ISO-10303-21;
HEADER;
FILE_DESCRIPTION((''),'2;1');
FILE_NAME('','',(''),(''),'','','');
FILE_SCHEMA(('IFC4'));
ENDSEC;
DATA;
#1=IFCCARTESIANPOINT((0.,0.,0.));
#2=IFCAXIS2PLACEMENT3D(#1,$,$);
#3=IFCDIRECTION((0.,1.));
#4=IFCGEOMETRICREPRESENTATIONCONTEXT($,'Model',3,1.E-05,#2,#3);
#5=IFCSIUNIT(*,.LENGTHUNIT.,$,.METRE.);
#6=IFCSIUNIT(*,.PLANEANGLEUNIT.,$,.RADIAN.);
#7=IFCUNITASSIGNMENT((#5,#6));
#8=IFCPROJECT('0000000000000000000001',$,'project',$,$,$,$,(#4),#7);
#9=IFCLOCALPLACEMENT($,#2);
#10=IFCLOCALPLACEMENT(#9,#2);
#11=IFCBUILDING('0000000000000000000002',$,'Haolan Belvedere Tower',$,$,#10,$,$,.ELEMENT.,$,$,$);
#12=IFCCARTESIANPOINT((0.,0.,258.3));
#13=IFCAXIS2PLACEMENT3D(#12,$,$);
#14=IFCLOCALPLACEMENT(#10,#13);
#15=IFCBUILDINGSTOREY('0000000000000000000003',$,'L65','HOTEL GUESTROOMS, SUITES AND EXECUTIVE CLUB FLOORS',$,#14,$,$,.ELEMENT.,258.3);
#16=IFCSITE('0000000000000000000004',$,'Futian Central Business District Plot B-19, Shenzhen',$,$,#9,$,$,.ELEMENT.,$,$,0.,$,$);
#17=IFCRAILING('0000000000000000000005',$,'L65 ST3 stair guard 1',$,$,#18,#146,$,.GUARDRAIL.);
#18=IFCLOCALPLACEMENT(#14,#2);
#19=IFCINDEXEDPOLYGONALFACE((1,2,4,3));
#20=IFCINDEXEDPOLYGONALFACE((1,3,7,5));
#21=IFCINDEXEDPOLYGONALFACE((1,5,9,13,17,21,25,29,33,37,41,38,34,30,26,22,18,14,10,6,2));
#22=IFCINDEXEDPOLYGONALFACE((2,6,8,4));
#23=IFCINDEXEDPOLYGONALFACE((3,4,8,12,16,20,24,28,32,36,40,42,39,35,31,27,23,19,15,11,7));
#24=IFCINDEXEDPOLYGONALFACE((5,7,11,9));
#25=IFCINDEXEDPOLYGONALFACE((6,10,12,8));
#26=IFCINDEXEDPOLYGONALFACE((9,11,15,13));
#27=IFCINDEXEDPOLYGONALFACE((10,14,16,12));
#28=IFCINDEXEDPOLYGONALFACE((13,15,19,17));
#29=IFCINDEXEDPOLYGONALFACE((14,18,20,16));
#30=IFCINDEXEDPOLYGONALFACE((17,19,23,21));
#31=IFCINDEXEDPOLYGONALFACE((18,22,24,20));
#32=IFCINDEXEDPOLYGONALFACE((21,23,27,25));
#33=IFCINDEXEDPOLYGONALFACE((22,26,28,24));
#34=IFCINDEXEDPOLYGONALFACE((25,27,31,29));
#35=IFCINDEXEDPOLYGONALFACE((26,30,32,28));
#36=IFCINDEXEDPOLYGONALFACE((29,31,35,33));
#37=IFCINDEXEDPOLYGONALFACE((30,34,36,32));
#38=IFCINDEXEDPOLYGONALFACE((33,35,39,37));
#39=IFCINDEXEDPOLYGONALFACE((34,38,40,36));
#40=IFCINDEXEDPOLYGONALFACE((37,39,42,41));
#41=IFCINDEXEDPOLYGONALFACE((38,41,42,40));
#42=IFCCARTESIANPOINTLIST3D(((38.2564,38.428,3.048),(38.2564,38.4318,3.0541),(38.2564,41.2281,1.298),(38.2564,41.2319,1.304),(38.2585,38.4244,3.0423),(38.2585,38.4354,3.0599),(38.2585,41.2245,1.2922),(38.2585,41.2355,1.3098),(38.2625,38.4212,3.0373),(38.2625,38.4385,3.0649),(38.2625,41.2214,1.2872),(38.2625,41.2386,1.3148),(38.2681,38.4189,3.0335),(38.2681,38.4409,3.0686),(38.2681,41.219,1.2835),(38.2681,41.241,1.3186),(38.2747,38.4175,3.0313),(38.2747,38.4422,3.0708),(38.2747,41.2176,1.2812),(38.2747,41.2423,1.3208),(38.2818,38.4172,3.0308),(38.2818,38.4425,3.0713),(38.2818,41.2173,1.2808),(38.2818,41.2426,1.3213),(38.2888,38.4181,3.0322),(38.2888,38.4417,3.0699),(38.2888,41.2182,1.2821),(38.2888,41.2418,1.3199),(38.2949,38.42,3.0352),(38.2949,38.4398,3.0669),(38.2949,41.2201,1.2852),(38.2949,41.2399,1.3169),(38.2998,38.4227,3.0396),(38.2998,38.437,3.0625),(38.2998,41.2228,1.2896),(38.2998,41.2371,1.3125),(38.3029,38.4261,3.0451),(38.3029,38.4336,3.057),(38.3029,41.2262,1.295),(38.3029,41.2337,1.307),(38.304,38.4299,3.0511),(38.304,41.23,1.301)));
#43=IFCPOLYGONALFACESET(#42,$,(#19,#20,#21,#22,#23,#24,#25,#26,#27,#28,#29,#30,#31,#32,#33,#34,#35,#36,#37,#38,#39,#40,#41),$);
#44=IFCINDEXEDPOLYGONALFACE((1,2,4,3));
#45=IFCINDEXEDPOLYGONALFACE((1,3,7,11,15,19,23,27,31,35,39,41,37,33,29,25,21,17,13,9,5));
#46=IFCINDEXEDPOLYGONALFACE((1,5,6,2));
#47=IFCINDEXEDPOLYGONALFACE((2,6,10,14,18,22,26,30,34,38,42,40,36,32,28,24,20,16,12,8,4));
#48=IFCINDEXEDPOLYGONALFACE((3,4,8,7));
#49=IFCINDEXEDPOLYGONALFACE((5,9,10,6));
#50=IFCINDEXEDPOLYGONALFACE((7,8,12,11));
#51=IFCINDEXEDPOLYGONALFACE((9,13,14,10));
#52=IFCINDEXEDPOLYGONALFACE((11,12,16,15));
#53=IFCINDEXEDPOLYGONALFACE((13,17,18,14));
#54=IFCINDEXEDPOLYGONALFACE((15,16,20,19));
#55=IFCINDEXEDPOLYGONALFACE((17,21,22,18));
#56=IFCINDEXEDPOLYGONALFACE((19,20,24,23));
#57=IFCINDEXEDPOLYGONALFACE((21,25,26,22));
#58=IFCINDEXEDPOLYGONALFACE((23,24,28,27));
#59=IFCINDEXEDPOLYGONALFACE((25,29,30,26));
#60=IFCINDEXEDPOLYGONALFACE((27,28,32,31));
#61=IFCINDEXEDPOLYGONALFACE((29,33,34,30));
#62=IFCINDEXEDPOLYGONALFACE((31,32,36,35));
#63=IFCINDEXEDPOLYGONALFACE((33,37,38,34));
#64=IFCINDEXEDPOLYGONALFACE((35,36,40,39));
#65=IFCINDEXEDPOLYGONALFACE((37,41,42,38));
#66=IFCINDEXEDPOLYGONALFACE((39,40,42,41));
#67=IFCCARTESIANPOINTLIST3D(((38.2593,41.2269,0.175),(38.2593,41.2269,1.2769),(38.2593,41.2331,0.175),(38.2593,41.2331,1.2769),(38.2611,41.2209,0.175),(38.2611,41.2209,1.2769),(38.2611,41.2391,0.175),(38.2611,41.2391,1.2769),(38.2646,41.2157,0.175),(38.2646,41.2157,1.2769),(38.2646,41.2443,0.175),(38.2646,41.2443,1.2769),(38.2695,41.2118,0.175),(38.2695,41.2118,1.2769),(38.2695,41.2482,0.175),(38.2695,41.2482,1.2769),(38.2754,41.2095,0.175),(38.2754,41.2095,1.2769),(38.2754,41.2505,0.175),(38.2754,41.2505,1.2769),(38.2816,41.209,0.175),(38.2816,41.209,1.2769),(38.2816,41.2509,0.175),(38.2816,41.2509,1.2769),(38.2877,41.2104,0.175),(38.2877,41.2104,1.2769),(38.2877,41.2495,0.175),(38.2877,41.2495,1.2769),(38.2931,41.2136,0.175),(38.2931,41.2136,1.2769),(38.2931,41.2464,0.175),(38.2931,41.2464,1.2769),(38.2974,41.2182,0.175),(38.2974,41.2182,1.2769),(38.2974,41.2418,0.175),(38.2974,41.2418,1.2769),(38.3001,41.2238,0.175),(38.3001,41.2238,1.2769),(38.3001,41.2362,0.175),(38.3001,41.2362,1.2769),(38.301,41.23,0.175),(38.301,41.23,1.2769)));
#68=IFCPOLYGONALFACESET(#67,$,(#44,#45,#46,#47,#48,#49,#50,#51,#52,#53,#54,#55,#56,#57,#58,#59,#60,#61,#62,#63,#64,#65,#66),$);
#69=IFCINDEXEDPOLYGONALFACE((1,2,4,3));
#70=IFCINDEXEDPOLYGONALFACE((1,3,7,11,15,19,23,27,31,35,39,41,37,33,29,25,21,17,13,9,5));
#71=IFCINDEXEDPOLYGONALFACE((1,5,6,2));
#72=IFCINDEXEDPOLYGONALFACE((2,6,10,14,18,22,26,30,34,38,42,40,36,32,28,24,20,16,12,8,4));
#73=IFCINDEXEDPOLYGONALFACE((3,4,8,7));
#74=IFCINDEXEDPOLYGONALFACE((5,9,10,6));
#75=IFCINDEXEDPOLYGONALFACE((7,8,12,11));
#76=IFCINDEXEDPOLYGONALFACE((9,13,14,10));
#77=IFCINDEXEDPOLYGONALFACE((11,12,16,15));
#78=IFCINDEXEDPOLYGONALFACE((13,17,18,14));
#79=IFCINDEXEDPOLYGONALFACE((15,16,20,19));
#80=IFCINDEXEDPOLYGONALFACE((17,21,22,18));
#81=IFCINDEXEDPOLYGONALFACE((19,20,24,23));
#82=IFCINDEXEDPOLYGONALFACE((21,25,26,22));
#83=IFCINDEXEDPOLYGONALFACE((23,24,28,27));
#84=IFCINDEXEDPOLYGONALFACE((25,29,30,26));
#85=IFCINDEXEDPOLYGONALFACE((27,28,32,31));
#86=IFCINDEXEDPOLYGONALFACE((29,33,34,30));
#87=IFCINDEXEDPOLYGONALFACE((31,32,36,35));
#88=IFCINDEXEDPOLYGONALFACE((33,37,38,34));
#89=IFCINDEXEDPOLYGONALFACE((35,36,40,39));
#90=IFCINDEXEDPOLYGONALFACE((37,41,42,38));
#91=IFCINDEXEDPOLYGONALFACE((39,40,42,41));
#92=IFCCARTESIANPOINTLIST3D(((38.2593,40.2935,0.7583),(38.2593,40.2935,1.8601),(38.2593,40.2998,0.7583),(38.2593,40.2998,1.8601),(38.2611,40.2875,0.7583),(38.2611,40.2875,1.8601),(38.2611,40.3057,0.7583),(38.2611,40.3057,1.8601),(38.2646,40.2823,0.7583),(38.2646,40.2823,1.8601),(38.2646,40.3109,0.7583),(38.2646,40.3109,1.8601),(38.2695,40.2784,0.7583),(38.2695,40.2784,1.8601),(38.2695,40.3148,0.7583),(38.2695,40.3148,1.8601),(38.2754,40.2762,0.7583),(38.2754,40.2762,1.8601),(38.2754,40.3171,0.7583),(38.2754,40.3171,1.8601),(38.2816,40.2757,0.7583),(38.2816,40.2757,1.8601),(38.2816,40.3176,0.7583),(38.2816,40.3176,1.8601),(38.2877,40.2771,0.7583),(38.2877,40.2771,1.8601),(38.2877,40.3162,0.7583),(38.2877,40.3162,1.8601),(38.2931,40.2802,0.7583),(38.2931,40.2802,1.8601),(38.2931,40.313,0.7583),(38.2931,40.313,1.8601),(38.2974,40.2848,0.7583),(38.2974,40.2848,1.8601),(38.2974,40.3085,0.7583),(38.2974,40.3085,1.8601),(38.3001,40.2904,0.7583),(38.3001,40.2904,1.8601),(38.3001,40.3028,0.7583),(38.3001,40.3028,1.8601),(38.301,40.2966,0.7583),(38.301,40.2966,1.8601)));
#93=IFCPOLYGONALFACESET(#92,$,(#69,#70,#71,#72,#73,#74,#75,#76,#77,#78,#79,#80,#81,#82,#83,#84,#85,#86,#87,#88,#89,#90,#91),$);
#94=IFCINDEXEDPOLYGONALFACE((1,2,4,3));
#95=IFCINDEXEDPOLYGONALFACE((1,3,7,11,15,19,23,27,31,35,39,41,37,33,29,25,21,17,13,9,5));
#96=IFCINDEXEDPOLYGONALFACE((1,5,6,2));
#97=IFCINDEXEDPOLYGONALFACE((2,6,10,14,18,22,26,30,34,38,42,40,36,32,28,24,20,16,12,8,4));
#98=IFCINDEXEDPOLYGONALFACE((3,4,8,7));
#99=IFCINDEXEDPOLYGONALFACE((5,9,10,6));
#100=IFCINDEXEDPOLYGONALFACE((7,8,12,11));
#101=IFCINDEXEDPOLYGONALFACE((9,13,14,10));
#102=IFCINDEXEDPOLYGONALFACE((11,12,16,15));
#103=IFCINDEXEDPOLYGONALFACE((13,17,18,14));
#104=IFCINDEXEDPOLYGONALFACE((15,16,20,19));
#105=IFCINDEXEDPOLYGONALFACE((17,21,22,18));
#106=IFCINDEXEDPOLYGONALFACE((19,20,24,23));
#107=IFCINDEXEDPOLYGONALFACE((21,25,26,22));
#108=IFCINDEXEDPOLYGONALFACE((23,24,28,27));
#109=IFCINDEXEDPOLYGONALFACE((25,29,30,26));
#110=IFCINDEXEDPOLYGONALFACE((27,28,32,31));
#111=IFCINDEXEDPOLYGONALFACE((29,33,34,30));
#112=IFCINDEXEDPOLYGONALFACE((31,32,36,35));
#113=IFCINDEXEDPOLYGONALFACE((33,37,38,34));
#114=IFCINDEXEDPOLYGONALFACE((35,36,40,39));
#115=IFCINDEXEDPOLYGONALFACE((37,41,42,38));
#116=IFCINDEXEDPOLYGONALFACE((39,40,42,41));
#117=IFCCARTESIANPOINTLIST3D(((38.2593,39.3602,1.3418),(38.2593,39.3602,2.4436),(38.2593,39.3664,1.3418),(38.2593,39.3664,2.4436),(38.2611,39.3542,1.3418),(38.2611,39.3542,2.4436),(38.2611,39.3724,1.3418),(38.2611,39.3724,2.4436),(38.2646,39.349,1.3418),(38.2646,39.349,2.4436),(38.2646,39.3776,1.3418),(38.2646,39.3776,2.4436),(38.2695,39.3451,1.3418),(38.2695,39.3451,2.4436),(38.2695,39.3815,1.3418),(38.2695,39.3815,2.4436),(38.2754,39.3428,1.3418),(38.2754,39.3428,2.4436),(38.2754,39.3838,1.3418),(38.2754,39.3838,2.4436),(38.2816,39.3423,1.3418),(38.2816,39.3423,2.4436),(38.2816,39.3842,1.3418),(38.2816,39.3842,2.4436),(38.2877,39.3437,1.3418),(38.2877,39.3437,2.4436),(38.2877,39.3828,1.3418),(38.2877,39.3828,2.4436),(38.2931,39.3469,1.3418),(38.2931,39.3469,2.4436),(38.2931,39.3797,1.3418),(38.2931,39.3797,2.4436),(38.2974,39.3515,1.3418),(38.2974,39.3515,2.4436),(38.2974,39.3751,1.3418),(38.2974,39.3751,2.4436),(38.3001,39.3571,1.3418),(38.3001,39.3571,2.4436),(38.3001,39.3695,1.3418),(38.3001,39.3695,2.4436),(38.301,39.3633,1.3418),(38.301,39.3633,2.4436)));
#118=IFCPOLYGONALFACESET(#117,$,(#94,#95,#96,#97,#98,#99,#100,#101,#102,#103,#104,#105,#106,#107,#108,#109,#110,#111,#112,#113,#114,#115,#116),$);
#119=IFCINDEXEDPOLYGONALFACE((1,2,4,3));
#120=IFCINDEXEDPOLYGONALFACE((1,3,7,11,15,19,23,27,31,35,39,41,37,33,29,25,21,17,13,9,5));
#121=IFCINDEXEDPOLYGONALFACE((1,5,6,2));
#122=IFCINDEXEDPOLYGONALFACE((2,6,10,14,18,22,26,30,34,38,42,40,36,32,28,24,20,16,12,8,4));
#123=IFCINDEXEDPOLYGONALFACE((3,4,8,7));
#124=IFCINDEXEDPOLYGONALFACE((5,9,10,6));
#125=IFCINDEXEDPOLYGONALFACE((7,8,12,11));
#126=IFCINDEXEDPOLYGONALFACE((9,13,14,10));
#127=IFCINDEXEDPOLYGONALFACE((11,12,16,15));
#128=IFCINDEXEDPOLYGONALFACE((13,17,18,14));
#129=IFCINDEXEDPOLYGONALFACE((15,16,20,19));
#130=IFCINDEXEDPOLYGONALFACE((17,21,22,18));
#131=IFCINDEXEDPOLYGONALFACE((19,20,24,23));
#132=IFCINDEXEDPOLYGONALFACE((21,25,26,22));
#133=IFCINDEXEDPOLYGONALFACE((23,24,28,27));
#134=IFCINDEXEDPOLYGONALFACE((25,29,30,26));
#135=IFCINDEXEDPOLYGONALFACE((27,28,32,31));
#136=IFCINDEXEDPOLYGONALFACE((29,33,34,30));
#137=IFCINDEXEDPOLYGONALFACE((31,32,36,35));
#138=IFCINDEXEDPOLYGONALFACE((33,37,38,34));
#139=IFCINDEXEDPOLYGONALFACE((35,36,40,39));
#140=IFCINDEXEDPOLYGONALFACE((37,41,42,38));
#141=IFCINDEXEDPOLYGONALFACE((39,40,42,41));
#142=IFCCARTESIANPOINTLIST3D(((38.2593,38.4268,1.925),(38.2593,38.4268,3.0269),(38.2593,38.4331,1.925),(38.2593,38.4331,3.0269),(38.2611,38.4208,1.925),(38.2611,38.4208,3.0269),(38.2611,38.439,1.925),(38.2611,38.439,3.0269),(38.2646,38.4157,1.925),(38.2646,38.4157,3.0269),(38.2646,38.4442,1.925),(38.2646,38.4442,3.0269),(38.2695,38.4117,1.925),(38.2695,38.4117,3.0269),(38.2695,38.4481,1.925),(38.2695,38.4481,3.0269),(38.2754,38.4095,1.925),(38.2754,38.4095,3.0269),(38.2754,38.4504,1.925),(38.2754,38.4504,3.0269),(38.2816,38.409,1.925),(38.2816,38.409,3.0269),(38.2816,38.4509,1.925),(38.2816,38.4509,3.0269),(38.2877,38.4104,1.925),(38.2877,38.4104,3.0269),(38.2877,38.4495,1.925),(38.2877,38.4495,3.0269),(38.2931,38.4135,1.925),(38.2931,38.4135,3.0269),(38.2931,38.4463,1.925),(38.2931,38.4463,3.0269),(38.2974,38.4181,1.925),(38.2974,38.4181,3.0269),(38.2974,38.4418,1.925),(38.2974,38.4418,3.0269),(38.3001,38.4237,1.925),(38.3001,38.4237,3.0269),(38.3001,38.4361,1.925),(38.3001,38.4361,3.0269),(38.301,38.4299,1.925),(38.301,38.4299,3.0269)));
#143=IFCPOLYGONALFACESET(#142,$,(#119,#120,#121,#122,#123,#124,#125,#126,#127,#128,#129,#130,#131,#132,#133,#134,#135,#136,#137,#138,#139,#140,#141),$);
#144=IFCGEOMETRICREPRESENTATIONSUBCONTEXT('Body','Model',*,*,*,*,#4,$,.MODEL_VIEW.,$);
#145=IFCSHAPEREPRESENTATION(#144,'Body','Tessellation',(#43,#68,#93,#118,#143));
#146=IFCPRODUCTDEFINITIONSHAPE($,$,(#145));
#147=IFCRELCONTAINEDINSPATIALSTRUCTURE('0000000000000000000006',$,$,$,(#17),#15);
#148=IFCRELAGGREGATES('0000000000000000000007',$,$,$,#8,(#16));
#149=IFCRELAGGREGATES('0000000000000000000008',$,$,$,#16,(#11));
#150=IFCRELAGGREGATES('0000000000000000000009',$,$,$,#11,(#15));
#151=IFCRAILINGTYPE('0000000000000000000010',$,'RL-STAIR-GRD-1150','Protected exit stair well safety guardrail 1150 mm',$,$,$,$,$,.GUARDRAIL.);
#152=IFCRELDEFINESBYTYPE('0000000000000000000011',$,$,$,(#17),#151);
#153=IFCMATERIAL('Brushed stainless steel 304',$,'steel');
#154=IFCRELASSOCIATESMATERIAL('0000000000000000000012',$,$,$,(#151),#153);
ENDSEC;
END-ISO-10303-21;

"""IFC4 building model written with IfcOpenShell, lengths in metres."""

from ifc_helpers import new_model, si_unit, direction, frame, origin, origin_2d, place, context, subcontext, project, spatial, circle, extrude, material, type_object, element, save


model = new_model("IFC4")

# Units and contexts
model_context = context("Model", 3, precision=1e-05, world=origin(), true_north=direction((0.0, 1.0)))
body_context = subcontext(model_context, "Body", "Model", "MODEL_VIEW")
ifc_project = project(units=[si_unit("LENGTHUNIT", "METRE"), si_unit("PLANEANGLEUNIT", "RADIAN")], contexts=[model_context])

# Site, building, storey
site_placement = place(None, origin())
site = spatial("IfcSite", under=ifc_project, at=site_placement, Name="Futian Central Business District Plot B-19, Shenzhen", CompositionType="ELEMENT", RefElevation=0.0)
building_placement = place(site_placement, origin())
building = spatial("IfcBuilding", under=site, at=building_placement, Name="Haolan Belvedere Tower", CompositionType="ELEMENT")
storey_placement = place(building_placement, frame((0.0, 0.0, 258.3)))
storey = spatial("IfcBuildingStorey", under=building, at=storey_placement, Name="L65", Description="HOTEL GUESTROOMS, SUITES AND EXECUTIVE CLUB FLOORS", CompositionType="ELEMENT", Elevation=258.3)

# Railing
ifc_material_1 = material(Name="Brushed stainless steel 304", Category="steel")
railing_type_1 = type_object("IfcRailingType", Name="RL-STAIR-GRD-1150", Description="Protected exit stair well safety guardrail 1150 mm", PredefinedType="GUARDRAIL", material=ifc_material_1)
railing_1_placement = place(storey_placement, frame((38.28, 41.23, 0.175)))
element("IfcRailing", 1, at=railing_1_placement, inside=storey, type_object=railing_type_1, Name="L65 ST3 stair guard 1", PredefinedType="GUARDRAIL", context=body_context, shape_type="SweptSolid", body=[
    extrude(circle(Radius=0.0239, at=origin_2d()), frame((0.0, 0.0, 1.126), z_axis=(0.0, -0.848002, 0.529992), x_axis=(1.0, 0.0, 0.0)), (0.0, 0.0, 1.0), 3.302),
    extrude(circle(Radius=0.021, at=origin_2d()), origin(), (0.0, 0.0, 1.0), 1.1018),
    extrude(circle(Radius=0.021, at=origin_2d()), frame((0.0, -0.9333, 0.5833)), (0.0, 0.0, 1.0), 1.1018),
    extrude(circle(Radius=0.021, at=origin_2d()), frame((0.0, -1.8667, 1.1667)), (0.0, 0.0, 1.0), 1.1018),
    extrude(circle(Radius=0.021, at=origin_2d()), frame((0.0, -2.8, 1.75)), (0.0, 0.0, 1.0), 1.1018),
])

save(model, "model.ifc")
